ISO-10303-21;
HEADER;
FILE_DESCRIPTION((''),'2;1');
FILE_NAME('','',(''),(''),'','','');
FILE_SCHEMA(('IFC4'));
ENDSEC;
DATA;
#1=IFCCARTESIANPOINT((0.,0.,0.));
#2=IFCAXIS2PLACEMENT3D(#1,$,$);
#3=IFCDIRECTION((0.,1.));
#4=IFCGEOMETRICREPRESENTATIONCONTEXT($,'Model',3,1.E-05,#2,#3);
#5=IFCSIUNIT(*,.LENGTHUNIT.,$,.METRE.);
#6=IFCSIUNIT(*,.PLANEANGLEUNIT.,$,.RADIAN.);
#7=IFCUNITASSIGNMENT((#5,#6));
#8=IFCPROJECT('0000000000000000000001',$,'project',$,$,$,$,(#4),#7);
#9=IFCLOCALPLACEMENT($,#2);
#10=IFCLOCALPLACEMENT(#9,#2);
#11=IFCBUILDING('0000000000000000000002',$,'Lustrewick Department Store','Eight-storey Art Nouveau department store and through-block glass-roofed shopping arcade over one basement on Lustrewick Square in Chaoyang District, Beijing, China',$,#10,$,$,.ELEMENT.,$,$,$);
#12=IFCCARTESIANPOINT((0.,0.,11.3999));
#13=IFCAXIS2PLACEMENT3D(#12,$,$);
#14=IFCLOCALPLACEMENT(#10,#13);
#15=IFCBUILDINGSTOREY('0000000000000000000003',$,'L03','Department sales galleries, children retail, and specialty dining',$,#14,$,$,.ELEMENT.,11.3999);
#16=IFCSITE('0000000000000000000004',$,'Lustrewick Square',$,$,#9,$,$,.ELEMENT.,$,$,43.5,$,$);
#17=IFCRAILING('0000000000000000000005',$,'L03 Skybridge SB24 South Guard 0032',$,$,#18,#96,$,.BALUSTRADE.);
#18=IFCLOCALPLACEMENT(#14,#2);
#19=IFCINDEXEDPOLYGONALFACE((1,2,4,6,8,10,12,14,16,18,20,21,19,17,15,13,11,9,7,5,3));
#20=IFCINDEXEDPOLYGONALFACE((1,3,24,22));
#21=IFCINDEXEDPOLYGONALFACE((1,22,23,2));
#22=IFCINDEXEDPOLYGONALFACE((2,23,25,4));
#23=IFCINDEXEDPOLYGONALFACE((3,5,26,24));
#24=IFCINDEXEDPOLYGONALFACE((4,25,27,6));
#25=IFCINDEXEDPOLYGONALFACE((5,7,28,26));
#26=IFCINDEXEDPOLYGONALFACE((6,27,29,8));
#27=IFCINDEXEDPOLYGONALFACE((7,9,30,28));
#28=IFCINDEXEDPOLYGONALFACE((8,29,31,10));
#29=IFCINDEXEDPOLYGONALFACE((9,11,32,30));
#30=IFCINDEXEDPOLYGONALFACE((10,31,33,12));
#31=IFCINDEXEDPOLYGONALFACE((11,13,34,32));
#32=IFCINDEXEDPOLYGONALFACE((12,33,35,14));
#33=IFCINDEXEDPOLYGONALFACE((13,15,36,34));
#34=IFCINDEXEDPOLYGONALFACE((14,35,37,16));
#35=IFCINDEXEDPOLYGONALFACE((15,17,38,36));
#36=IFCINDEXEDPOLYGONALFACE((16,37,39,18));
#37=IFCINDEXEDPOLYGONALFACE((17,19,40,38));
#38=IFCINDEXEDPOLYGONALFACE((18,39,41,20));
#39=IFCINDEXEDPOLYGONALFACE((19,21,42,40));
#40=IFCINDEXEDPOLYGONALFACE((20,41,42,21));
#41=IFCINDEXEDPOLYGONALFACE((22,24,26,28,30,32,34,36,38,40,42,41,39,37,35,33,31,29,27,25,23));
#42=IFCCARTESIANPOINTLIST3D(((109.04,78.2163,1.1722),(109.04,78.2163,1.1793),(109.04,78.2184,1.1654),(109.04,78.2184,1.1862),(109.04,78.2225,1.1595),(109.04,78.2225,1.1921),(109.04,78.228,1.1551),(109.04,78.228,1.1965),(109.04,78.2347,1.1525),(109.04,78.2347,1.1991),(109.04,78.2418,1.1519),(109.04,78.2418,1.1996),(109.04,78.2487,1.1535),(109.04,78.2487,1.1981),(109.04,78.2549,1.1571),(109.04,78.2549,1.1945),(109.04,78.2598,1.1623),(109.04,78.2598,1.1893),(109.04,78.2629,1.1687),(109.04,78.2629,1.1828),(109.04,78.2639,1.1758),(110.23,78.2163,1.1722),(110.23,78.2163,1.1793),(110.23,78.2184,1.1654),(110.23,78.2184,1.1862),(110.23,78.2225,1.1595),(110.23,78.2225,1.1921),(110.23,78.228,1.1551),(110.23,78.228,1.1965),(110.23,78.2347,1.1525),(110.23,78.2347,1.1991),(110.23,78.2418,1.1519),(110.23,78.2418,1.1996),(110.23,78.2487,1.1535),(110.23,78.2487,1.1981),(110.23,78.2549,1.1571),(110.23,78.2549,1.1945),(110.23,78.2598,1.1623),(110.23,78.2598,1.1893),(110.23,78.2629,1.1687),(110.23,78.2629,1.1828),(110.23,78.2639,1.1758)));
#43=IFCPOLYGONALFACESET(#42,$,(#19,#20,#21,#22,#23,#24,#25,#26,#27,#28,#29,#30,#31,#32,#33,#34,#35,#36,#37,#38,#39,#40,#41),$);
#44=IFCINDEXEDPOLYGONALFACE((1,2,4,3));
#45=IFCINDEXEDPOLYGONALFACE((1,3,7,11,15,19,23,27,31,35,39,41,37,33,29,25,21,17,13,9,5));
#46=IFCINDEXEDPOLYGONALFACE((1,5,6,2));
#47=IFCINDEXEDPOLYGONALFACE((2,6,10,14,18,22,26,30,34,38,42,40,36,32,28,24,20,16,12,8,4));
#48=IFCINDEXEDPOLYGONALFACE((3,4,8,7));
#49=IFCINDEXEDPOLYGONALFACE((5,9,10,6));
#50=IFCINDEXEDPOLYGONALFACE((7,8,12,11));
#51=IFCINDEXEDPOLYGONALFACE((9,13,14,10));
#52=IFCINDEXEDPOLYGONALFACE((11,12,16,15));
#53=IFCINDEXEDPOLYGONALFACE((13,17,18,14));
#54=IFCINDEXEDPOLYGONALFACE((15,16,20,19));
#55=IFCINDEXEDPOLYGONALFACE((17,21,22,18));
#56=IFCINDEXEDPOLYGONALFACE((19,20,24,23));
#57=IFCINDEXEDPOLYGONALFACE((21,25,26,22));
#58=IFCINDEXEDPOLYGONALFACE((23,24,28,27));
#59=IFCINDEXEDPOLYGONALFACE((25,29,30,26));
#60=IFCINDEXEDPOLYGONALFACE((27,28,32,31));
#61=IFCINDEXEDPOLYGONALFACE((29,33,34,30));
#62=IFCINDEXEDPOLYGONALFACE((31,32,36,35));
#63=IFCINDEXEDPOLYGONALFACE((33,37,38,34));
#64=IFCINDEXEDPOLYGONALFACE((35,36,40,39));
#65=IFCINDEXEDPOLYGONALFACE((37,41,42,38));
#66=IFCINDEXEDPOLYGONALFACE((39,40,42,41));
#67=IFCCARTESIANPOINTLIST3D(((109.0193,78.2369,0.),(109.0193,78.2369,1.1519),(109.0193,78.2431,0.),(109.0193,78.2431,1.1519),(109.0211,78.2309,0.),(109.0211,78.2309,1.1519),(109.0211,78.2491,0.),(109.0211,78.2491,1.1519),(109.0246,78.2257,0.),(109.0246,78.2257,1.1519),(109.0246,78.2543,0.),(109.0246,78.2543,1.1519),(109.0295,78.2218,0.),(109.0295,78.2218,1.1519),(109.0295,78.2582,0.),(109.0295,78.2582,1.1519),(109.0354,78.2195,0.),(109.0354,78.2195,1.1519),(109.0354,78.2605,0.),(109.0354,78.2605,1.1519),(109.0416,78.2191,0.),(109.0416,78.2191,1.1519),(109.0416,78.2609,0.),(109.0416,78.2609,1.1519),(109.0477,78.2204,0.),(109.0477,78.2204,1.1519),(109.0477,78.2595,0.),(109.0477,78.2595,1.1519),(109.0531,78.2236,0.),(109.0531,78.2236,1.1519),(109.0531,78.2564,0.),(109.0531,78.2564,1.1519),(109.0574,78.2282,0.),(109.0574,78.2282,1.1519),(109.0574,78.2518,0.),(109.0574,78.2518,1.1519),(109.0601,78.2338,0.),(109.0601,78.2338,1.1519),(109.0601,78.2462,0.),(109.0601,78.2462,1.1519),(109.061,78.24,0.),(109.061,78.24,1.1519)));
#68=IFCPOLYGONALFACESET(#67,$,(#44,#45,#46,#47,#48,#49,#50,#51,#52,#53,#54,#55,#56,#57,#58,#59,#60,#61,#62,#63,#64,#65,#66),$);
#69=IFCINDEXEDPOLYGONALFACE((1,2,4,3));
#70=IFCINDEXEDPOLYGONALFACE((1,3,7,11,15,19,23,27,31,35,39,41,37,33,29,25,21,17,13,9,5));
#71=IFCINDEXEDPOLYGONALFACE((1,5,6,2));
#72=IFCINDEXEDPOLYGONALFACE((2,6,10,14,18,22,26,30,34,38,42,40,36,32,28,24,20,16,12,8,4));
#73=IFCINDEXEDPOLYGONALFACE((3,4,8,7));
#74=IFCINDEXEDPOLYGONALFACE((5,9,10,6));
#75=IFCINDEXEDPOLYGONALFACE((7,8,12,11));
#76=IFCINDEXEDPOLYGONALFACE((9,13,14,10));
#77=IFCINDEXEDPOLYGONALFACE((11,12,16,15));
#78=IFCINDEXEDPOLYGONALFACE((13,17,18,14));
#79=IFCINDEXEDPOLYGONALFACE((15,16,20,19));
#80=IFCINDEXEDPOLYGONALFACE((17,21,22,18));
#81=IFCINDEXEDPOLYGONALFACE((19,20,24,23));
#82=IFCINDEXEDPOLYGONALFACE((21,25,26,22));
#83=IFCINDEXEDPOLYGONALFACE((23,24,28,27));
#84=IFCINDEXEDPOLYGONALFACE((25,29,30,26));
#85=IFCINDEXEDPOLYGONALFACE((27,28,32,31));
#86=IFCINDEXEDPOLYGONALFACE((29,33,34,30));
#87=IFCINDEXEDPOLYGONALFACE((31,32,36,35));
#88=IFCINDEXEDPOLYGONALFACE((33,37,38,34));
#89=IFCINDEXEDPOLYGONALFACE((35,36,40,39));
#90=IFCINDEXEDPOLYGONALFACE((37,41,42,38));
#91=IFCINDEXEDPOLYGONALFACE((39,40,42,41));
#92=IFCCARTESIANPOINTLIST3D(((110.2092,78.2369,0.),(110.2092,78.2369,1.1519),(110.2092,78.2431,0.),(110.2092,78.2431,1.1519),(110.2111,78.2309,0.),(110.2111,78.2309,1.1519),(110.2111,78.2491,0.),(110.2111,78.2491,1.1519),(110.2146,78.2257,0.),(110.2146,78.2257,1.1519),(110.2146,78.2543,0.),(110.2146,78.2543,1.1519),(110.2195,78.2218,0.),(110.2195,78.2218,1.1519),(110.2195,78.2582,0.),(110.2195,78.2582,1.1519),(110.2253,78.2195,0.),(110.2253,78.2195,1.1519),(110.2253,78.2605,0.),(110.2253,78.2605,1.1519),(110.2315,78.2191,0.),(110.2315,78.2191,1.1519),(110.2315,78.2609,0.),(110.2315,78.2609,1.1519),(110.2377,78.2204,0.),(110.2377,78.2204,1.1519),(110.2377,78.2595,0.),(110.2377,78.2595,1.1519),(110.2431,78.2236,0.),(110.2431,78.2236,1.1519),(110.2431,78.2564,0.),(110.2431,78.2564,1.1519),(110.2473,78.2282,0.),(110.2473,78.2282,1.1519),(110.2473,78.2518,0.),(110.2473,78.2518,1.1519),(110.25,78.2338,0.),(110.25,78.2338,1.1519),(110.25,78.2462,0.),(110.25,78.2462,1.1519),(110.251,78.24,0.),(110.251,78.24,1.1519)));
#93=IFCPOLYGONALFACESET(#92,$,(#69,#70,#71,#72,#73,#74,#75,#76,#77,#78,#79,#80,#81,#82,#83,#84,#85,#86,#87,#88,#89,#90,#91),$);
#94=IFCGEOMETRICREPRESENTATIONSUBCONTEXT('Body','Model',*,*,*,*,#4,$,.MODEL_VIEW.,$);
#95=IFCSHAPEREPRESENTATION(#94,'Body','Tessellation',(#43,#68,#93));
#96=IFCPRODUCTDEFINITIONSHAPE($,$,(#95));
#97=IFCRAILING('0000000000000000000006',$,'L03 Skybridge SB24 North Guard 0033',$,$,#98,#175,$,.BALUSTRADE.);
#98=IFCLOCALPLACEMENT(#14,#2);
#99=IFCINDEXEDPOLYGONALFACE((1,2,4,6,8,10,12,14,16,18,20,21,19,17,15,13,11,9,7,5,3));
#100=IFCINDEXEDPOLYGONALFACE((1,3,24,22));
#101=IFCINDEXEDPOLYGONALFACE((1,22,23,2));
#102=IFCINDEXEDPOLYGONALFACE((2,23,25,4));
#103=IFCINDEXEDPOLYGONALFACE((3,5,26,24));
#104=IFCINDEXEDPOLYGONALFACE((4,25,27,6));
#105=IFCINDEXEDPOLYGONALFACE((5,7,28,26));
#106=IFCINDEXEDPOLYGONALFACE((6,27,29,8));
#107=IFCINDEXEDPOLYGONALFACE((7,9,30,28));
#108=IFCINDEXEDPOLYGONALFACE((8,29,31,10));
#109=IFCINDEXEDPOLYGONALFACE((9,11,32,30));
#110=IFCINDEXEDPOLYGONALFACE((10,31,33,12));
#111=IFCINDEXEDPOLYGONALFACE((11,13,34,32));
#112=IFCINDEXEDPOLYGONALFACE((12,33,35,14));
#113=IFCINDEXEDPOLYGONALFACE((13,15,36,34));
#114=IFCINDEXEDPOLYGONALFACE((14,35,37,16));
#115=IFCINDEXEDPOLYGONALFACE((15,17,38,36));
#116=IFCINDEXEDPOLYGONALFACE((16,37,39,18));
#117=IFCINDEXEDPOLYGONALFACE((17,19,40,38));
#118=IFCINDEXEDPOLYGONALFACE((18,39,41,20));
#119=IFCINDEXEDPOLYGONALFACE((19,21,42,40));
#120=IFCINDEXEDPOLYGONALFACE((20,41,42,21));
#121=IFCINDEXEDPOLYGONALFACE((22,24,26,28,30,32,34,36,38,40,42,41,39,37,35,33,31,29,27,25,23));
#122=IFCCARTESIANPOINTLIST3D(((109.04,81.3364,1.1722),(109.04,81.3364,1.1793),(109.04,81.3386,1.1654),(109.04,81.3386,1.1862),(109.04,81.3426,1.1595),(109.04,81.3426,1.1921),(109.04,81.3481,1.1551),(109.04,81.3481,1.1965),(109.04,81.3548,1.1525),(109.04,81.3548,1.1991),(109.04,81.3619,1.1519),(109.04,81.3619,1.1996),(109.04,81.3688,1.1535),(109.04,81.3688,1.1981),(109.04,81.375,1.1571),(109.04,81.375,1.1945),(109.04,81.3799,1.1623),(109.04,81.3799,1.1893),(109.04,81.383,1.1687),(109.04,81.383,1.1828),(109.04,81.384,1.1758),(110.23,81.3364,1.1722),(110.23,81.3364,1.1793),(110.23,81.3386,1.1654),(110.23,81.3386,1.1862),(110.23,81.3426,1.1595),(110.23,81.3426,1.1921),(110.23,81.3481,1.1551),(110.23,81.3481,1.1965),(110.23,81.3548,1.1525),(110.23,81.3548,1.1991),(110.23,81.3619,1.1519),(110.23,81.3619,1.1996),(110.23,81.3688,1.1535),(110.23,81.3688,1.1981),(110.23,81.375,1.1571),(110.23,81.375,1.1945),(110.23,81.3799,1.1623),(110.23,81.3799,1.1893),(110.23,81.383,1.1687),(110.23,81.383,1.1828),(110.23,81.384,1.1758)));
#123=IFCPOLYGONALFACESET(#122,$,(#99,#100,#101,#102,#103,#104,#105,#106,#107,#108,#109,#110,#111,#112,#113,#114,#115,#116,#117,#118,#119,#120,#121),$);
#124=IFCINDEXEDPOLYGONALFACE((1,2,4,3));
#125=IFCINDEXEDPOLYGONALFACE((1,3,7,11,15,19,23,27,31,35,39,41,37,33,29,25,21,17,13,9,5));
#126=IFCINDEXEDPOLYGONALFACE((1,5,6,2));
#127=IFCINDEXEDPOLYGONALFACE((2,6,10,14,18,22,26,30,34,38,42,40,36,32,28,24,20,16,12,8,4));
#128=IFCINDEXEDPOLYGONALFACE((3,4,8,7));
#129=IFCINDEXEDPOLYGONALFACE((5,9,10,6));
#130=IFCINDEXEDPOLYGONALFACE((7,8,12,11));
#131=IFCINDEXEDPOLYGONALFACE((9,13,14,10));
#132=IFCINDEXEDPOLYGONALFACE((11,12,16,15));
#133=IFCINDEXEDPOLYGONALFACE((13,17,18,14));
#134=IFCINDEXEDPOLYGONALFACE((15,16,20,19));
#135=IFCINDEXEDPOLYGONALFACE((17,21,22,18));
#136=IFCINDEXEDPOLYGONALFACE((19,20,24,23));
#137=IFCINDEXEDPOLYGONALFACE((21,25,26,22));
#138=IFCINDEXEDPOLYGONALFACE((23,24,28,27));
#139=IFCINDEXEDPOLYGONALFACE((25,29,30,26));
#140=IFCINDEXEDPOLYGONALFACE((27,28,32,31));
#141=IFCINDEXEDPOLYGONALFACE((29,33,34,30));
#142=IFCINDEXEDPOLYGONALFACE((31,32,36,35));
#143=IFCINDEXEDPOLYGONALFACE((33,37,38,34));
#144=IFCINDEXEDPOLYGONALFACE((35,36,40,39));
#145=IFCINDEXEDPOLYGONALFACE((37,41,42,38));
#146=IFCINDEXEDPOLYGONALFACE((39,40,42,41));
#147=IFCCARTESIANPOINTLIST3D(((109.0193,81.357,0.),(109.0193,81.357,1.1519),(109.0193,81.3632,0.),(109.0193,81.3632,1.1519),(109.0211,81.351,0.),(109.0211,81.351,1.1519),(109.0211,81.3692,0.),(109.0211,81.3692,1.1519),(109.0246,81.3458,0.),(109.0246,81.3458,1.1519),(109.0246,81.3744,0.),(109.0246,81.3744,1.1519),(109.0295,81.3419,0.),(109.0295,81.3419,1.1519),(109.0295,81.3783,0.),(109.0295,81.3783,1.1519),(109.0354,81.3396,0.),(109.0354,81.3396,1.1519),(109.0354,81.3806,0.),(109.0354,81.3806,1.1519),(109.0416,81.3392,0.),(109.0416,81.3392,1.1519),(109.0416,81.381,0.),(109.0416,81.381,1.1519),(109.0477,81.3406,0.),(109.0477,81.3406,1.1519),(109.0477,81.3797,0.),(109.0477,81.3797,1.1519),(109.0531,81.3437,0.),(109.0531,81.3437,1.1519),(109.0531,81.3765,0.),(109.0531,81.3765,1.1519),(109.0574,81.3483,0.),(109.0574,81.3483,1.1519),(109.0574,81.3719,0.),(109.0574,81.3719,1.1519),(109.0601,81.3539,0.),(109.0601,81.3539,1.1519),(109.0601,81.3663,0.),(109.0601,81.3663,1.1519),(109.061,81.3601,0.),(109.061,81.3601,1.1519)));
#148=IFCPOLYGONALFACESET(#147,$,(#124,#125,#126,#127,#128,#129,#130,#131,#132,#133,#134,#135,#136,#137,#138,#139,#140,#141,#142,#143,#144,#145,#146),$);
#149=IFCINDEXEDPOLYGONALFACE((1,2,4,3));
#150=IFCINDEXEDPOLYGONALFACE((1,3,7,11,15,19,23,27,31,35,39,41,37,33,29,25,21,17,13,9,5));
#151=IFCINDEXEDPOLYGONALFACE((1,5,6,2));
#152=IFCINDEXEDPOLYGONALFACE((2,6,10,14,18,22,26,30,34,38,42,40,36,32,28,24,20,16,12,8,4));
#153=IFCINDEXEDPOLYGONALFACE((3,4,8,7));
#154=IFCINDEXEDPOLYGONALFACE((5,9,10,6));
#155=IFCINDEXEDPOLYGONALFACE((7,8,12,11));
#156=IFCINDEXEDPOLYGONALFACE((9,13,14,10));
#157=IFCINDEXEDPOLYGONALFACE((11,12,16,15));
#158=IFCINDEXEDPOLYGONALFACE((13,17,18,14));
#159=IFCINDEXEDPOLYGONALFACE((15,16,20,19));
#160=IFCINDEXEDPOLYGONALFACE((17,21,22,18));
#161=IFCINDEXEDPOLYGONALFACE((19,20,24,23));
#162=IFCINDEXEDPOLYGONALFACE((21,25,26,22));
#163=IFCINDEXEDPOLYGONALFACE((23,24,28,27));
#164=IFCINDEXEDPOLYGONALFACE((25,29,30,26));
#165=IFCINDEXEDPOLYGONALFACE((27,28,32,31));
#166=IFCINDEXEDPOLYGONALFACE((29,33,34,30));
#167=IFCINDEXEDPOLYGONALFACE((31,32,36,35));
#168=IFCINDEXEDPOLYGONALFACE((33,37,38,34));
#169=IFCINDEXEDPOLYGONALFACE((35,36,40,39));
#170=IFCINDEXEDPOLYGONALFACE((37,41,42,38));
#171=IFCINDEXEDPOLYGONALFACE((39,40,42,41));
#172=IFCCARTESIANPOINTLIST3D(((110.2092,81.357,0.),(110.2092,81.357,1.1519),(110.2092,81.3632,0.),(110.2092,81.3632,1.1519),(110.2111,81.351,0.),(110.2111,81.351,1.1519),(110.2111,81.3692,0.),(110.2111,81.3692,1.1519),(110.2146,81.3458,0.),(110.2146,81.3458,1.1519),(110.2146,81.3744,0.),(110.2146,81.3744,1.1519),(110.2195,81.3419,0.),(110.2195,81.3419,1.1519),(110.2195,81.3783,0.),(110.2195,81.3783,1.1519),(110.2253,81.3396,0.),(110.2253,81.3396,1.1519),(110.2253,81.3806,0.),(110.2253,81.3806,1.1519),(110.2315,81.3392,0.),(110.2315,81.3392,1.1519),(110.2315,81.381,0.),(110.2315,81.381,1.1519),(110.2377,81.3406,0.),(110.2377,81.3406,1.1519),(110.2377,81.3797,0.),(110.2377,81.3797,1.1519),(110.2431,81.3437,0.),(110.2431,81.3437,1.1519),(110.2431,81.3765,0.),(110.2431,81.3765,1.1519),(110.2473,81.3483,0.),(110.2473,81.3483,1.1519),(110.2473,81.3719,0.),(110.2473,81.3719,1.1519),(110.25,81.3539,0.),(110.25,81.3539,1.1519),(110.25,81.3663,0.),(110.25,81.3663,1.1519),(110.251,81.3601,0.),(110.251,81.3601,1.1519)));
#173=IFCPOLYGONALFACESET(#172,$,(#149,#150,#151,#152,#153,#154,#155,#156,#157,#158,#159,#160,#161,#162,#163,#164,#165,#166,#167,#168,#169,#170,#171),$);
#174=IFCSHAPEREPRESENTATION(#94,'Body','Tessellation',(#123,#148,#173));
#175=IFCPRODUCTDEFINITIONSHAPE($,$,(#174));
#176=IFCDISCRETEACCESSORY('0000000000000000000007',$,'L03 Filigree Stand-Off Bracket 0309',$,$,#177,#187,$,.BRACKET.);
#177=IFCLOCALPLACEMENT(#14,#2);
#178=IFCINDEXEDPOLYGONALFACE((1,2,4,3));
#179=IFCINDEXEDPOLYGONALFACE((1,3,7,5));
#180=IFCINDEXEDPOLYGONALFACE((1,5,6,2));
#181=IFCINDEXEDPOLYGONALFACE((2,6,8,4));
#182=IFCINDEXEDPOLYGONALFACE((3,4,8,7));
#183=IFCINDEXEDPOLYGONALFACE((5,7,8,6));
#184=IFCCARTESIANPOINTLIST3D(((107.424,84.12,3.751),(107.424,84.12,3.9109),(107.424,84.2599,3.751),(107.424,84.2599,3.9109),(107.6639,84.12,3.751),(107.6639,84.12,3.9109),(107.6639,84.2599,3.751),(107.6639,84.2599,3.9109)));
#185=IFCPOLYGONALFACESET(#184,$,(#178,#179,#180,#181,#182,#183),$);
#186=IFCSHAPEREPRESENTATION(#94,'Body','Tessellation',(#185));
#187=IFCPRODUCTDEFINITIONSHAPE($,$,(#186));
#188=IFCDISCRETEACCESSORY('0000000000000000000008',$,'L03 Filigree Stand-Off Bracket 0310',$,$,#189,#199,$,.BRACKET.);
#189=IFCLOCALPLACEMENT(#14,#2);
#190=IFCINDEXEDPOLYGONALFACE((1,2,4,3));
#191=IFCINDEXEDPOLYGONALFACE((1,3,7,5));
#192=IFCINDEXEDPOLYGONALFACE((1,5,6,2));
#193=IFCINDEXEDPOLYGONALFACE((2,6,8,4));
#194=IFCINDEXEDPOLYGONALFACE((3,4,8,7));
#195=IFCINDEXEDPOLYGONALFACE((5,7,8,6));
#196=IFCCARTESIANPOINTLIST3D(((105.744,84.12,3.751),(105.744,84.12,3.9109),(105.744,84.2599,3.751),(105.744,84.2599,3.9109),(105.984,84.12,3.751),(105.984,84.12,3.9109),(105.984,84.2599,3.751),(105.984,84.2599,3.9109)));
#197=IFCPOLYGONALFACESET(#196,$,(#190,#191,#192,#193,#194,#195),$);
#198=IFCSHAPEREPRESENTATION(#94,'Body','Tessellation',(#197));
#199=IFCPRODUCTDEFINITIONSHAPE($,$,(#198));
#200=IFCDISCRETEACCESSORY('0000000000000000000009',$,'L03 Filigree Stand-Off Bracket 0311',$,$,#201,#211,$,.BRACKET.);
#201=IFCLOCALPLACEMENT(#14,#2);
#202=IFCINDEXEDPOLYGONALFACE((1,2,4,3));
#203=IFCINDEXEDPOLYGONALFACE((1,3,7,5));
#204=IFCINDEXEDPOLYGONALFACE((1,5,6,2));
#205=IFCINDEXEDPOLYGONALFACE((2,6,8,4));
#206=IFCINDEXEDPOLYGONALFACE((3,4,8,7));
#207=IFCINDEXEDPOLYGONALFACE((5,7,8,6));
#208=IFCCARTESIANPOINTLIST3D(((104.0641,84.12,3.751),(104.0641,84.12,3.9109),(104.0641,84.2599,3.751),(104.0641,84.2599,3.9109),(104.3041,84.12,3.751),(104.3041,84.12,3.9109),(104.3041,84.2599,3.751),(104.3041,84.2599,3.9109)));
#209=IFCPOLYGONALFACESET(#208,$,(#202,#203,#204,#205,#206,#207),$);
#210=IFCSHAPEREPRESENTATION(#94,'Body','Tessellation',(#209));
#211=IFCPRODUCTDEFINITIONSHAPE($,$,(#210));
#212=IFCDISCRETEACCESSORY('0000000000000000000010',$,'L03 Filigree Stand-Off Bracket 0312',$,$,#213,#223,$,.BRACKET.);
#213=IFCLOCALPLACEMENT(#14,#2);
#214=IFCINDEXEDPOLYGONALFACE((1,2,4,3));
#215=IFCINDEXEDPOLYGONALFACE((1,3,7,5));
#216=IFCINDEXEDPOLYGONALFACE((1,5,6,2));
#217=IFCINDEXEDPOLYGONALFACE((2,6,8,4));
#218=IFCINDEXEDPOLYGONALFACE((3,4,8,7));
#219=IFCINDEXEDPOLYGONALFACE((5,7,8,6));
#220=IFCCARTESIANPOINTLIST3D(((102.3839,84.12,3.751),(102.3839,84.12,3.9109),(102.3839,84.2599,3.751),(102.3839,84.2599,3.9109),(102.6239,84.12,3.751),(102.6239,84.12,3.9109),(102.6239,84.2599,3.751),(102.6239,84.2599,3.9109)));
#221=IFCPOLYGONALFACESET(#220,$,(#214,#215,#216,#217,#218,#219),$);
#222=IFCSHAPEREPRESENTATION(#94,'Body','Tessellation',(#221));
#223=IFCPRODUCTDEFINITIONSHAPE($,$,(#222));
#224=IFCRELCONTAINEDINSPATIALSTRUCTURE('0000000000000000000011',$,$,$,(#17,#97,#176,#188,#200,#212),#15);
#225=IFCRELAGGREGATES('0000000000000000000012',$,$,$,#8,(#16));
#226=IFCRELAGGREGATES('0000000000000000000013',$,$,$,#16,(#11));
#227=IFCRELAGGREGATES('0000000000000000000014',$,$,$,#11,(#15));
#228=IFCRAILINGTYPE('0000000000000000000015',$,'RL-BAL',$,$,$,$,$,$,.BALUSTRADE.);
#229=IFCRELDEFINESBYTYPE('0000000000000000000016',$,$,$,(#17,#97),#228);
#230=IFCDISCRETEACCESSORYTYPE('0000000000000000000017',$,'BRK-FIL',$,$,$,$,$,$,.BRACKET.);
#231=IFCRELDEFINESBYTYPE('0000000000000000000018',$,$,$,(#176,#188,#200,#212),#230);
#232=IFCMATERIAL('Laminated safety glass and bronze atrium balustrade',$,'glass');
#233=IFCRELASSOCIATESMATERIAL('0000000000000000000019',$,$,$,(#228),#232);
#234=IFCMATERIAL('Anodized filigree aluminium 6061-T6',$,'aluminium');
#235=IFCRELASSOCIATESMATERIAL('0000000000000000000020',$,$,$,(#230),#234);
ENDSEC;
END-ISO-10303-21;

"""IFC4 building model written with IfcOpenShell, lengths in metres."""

from ifc_helpers import new_model, si_unit, direction, frame, origin, origin_2d, place, context, subcontext, project, spatial, rectangle, circle, extrude, material, type_object, element, save


model = new_model("IFC4")

# Units and contexts
model_context = context("Model", 3, precision=1e-05, world=origin(), true_north=direction((0.0, 1.0)))
body_context = subcontext(model_context, "Body", "Model", "MODEL_VIEW")
ifc_project = project(units=[si_unit("LENGTHUNIT", "METRE"), si_unit("PLANEANGLEUNIT", "RADIAN")], contexts=[model_context])

# Site, building, storey
site_placement = place(None, origin())
site = spatial("IfcSite", under=ifc_project, at=site_placement, Name="Lustrewick Square", CompositionType="ELEMENT", RefElevation=43.5)
building_placement = place(site_placement, origin())
building = spatial("IfcBuilding", under=site, at=building_placement, Name="Lustrewick Department Store", Description="Eight-storey Art Nouveau department store and through-block glass-roofed shopping arcade over one basement on Lustrewick Square in Chaoyang District, Beijing, China", CompositionType="ELEMENT")
storey_placement = place(building_placement, frame((0.0, 0.0, 11.3999)))
storey = spatial("IfcBuildingStorey", under=building, at=storey_placement, Name="L03", Description="Department sales galleries, children retail, and specialty dining", CompositionType="ELEMENT", Elevation=11.3999)

# Railings
ifc_material_1 = material(Name="Laminated safety glass and bronze atrium balustrade", Category="glass")
railing_type = type_object("IfcRailingType", Name="RL-BAL", PredefinedType="BALUSTRADE", material=ifc_material_1)
for number, where, name in (
    (1, (109.04, 78.24, 0.0), "L03 Skybridge SB24 South Guard 0032"),
    (2, (109.04, 81.3601, 0.0), "L03 Skybridge SB24 North Guard 0033"),
):
    element("IfcRailing", number, at=place(storey_placement, frame(where)), inside=storey, type_object=railing_type, Name=name, PredefinedType="BALUSTRADE", context=body_context, shape_type="SweptSolid", body=[
        extrude(circle(Radius=0.0239, at=origin_2d()), frame((0.0, 0.0, 1.1758), z_axis=(1.0, 0.0, 0.0), x_axis=(0.0, 1.0, 0.0)), (0.0, 0.0, 1.0), 1.1899),
        extrude(circle(Radius=0.021, at=origin_2d()), origin(), (0.0, 0.0, 1.0), 1.1519),
        extrude(circle(Radius=0.021, at=origin_2d()), frame((1.1899, 0.0, 0.0)), (0.0, 0.0, 1.0), 1.1519),
    ])

# Discrete accessories
ifc_material_2 = material(Name="Anodized filigree aluminium 6061-T6", Category="aluminium")
discrete_accessory_type_1 = type_object("IfcDiscreteAccessoryType", Name="BRK-FIL", PredefinedType="BRACKET", material=ifc_material_2)
for number, where, z_axis, x_axis, name in (
    (3, (107.5439, 84.1899, 3.751), (0.0, 0.0, 1.0), (-1.0, 0.0, 0.0), "L03 Filigree Stand-Off Bracket 0309"),
    (4, (105.864, 84.1899, 3.751), (0.0, 0.0, 1.0), (-1.0, 0.0, 0.0), "L03 Filigree Stand-Off Bracket 0310"),
    (5, (104.1841, 84.1899, 3.751), (0.0, 0.0, 1.0), (-1.0, 0.0, 0.0), "L03 Filigree Stand-Off Bracket 0311"),
    (6, (102.5039, 84.1899, 3.751), (0.0, 0.0, 1.0), (-1.0, 0.0, 0.0), "L03 Filigree Stand-Off Bracket 0312"),
):
    element("IfcDiscreteAccessory", number, at=place(storey_placement, frame(where, z_axis=z_axis, x_axis=x_axis)), inside=storey, type_object=discrete_accessory_type_1, Name=name, PredefinedType="BRACKET", context=body_context, shape_type="SweptSolid", body=[
        extrude(rectangle(XDim=0.24, YDim=0.1399, at=origin_2d()), origin(), (0.0, 0.0, 1.0), 0.1599),
    ])

save(model, "model.ifc")
